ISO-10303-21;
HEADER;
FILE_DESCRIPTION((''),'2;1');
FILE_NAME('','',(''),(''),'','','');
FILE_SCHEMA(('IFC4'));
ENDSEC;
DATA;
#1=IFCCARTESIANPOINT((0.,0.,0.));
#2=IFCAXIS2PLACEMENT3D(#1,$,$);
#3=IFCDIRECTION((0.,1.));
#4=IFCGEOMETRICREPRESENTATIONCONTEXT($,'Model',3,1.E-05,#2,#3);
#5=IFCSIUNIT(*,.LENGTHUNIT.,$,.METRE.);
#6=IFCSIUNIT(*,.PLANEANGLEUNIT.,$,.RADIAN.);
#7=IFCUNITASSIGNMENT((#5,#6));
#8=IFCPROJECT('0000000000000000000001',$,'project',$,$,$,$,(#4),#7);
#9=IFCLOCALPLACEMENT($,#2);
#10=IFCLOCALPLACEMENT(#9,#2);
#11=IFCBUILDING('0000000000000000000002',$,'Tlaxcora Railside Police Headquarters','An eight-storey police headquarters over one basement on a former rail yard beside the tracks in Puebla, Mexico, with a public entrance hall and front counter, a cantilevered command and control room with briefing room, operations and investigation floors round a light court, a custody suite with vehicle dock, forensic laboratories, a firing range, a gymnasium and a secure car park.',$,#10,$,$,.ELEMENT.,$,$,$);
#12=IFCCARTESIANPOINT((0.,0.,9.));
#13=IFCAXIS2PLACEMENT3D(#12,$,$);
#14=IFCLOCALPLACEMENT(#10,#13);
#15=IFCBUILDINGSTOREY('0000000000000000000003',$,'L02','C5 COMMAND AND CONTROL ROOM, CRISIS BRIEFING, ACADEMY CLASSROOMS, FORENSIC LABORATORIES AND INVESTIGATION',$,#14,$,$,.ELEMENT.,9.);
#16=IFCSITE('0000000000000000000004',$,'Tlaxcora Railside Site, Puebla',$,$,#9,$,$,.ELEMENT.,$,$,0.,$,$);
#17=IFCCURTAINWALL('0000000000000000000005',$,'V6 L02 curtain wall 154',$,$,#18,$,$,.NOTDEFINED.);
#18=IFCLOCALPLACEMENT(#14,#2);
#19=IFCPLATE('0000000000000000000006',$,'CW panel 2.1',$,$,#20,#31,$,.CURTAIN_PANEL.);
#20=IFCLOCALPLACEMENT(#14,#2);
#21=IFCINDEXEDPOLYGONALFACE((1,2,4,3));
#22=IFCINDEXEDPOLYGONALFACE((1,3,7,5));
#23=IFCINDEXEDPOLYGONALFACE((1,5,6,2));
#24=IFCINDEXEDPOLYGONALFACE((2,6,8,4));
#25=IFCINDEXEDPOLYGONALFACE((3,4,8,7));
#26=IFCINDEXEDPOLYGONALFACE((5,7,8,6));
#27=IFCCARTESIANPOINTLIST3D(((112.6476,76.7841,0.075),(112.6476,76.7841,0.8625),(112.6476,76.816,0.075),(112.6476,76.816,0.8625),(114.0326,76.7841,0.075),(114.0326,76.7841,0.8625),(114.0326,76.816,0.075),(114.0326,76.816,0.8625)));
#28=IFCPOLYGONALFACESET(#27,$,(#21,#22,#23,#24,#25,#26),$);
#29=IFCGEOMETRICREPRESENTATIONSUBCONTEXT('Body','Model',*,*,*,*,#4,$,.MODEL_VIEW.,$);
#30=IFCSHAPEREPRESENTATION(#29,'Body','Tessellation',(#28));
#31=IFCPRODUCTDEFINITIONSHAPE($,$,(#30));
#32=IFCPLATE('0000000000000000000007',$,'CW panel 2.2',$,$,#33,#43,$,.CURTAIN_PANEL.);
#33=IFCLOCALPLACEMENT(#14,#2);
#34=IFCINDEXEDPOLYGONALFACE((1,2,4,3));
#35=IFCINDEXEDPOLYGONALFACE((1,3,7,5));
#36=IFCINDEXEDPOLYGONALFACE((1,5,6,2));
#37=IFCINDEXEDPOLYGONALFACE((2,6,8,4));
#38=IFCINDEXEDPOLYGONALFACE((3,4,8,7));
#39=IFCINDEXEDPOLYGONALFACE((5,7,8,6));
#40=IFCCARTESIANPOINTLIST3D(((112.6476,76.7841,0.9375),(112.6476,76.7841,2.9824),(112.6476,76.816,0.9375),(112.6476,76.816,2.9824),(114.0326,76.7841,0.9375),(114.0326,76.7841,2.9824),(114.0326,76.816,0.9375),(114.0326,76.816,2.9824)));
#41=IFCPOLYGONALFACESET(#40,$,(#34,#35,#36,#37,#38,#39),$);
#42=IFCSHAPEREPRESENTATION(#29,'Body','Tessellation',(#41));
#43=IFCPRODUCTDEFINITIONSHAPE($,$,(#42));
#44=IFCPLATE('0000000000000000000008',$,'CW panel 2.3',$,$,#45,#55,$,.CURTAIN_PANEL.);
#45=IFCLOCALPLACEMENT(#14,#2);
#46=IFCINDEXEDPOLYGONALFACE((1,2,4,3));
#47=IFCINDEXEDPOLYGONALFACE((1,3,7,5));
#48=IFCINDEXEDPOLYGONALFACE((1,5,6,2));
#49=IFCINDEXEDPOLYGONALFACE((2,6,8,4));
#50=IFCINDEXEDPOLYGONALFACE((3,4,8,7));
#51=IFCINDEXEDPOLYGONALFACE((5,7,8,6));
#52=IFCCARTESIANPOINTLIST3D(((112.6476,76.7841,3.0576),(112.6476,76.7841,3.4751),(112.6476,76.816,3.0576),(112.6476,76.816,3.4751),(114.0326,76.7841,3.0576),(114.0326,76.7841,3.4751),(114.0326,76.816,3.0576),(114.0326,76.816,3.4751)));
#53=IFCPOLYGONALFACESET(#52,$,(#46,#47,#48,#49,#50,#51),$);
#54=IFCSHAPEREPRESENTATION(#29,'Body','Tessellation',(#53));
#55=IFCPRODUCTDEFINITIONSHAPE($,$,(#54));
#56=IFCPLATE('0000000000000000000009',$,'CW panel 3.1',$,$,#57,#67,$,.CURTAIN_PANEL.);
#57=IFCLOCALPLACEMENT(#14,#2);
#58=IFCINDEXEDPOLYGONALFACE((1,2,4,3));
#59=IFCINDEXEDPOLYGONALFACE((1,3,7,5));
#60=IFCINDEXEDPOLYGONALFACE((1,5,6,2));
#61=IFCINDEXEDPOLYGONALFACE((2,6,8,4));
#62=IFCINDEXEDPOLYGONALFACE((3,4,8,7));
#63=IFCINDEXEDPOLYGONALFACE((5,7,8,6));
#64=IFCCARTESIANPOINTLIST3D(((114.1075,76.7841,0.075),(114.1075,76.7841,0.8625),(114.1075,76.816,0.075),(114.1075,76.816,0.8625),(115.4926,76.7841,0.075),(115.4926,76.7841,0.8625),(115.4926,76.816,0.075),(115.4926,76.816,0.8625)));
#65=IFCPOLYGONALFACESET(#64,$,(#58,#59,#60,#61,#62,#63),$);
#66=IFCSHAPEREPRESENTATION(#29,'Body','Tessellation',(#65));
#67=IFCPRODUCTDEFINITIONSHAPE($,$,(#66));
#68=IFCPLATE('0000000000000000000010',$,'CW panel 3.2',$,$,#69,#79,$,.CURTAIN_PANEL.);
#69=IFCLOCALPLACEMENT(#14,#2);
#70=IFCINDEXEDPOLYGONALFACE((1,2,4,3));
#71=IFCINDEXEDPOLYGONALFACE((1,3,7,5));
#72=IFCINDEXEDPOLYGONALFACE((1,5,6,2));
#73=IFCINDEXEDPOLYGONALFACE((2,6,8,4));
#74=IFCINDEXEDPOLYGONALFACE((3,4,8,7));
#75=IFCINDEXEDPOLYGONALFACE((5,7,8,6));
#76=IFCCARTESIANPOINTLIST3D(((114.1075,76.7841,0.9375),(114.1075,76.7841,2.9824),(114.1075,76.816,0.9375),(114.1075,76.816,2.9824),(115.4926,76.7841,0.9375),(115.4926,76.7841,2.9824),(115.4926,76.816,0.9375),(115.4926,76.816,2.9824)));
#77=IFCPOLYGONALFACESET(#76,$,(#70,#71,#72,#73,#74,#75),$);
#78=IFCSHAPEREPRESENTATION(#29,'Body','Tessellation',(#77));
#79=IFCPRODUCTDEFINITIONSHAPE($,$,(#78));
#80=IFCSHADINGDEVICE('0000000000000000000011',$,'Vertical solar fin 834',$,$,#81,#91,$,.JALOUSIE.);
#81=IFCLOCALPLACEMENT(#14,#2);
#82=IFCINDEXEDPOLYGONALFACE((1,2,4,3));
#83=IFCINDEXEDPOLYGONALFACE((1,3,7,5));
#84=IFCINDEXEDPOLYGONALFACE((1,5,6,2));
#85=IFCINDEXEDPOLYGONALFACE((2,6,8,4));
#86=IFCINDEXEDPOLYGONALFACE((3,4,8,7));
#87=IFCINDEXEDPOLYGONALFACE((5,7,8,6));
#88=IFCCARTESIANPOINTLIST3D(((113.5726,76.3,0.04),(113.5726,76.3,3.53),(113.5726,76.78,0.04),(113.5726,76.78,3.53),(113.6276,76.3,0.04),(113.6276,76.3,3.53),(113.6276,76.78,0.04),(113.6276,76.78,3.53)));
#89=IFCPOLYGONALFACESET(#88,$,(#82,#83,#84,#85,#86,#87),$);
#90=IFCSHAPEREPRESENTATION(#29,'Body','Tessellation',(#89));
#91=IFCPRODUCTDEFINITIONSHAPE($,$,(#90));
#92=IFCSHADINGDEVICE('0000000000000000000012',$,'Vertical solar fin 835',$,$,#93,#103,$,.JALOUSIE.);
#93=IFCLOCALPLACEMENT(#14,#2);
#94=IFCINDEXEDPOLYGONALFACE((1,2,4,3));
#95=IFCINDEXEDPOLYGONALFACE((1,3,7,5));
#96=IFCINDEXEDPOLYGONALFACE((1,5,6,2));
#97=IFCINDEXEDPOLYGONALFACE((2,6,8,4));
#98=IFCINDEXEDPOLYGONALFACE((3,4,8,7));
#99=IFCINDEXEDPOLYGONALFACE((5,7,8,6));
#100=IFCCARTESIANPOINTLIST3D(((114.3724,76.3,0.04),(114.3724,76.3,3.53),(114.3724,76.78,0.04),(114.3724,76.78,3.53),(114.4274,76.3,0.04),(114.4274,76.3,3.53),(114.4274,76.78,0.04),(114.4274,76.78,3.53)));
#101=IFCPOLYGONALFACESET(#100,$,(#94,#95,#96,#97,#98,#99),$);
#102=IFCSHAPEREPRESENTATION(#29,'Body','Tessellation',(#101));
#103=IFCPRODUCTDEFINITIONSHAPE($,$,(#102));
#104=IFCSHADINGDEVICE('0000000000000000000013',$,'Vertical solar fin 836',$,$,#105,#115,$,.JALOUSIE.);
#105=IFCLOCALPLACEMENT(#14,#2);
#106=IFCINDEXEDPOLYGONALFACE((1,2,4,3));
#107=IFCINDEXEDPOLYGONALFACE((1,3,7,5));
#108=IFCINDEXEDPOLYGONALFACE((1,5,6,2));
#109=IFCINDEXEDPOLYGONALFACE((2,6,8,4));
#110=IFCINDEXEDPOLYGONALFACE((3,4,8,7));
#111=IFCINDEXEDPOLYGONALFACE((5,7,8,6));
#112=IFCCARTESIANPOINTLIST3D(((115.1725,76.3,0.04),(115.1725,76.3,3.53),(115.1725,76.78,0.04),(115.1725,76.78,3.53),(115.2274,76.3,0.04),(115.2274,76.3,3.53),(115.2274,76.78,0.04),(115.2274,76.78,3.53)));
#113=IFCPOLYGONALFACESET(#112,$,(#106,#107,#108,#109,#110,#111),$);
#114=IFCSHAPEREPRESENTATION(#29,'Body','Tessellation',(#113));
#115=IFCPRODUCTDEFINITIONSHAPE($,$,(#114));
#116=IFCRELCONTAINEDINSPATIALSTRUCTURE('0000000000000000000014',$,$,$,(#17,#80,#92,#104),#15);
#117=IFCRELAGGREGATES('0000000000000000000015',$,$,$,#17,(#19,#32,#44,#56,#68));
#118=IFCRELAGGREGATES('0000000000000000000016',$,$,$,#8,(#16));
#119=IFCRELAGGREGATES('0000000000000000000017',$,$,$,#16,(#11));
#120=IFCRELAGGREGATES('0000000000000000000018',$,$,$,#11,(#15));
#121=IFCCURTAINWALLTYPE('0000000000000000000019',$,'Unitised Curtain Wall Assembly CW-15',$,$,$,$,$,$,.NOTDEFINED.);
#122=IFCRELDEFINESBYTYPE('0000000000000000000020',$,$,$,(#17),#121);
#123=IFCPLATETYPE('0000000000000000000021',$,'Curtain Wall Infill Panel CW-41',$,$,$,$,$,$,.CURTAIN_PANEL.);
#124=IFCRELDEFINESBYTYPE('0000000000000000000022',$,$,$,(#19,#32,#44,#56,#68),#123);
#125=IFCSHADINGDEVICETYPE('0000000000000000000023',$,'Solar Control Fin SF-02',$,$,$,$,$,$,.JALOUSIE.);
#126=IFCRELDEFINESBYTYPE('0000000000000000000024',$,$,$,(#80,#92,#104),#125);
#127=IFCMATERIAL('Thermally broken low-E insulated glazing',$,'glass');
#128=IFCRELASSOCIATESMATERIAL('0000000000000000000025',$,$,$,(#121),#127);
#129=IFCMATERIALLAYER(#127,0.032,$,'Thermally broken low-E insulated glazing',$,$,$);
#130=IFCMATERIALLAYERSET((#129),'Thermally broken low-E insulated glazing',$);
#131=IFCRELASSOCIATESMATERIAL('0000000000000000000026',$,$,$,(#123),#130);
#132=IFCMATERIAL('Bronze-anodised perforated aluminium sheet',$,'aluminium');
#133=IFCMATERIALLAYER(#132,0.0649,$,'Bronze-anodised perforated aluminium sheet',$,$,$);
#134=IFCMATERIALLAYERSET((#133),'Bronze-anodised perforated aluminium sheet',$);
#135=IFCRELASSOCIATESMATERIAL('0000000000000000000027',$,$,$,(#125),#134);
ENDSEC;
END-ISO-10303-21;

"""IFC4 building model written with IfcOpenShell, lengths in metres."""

from ifc_helpers import new_model, si_unit, direction, frame, origin, origin_2d, place, context, subcontext, project, spatial, rectangle, extrude, material, layer, layer_set, type_object, element, aggregate, save


model = new_model("IFC4")

# Units and contexts
model_context = context("Model", 3, precision=1e-05, world=origin(), true_north=direction((0.0, 1.0)))
body_context = subcontext(model_context, "Body", "Model", "MODEL_VIEW")
ifc_project = project(units=[si_unit("LENGTHUNIT", "METRE"), si_unit("PLANEANGLEUNIT", "RADIAN")], contexts=[model_context])

# Site, building, storey
site_placement = place(None, origin())
site = spatial("IfcSite", under=ifc_project, at=site_placement, Name="Tlaxcora Railside Site, Puebla", CompositionType="ELEMENT", RefElevation=0.0)
building_placement = place(site_placement, origin())
building = spatial("IfcBuilding", under=site, at=building_placement, Name="Tlaxcora Railside Police Headquarters", Description="An eight-storey police headquarters over one basement on a former rail yard beside the tracks in Puebla, Mexico, with a public entrance hall and front counter, a cantilevered command and control room with briefing room, operations and investigation floors round a light court, a custody suite with vehicle dock, forensic laboratories, a firing range, a gymnasium and a secure car park.", CompositionType="ELEMENT")
storey_placement = place(building_placement, frame((0.0, 0.0, 9.0)))
storey = spatial("IfcBuildingStorey", under=building, at=storey_placement, Name="L02", Description="C5 COMMAND AND CONTROL ROOM, CRISIS BRIEFING, ACADEMY CLASSROOMS, FORENSIC LABORATORIES AND INVESTIGATION", CompositionType="ELEMENT", Elevation=9.0)

# Curtain wall, plates
ifc_material_1 = material(Name="Thermally broken low-E insulated glazing", Category="glass")
curtain_wall_type = type_object("IfcCurtainWallType", Name="Unitised Curtain Wall Assembly CW-15", PredefinedType="NOTDEFINED", material=ifc_material_1)
curtain_wall_placement = place(storey_placement, origin())
curtain_wall = element("IfcCurtainWall", 1, at=curtain_wall_placement, inside=storey, type_object=curtain_wall_type, Name="V6 L02 curtain wall 154", PredefinedType="NOTDEFINED")
ifc_layer_1 = layer(ifc_material_1, 0.032, Name="Thermally broken low-E insulated glazing")
ifc_layer_set_1 = layer_set([ifc_layer_1], Name="Thermally broken low-E insulated glazing")
plate_type = type_object("IfcPlateType", Name="Curtain Wall Infill Panel CW-41", PredefinedType="CURTAIN_PANEL", material=ifc_layer_set_1)
plate_1_placement = place(storey_placement, frame((113.3401, 76.8, 0.075), z_axis=(0.0, 0.0, 1.0), x_axis=(1.0, 0.0, 0.0)))
plate_1 = element("IfcPlate", 2, at=plate_1_placement, type_object=plate_type, Name="CW panel 2.1", PredefinedType="CURTAIN_PANEL", context=body_context, shape_type="SweptSolid", body=[
    extrude(rectangle(XDim=1.385, YDim=0.032, at=origin_2d()), origin(), (0.0, 0.0, 1.0), 0.7876),
])
plate_2_placement = place(storey_placement, frame((113.3401, 76.8, 0.9375), z_axis=(0.0, 0.0, 1.0), x_axis=(1.0, 0.0, 0.0)))
plate_2 = element("IfcPlate", 3, at=plate_2_placement, type_object=plate_type, Name="CW panel 2.2", PredefinedType="CURTAIN_PANEL", context=body_context, shape_type="SweptSolid", body=[
    extrude(rectangle(XDim=1.385, YDim=0.032, at=origin_2d()), origin(), (0.0, 0.0, 1.0), 2.0449),
])
plate_3_placement = place(storey_placement, frame((113.3401, 76.8, 3.0576), z_axis=(0.0, 0.0, 1.0), x_axis=(1.0, 0.0, 0.0)))
plate_3 = element("IfcPlate", 4, at=plate_3_placement, type_object=plate_type, Name="CW panel 2.3", PredefinedType="CURTAIN_PANEL", context=body_context, shape_type="SweptSolid", body=[
    extrude(rectangle(XDim=1.385, YDim=0.032, at=origin_2d()), origin(), (0.0, 0.0, 1.0), 0.4175),
])
plate_4_placement = place(storey_placement, frame((114.8, 76.8, 0.075), z_axis=(0.0, 0.0, 1.0), x_axis=(1.0, 0.0, 0.0)))
plate_4 = element("IfcPlate", 5, at=plate_4_placement, type_object=plate_type, Name="CW panel 3.1", PredefinedType="CURTAIN_PANEL", context=body_context, shape_type="SweptSolid", body=[
    extrude(rectangle(XDim=1.385, YDim=0.032, at=origin_2d()), origin(), (0.0, 0.0, 1.0), 0.7876),
])
plate_5_placement = place(storey_placement, frame((114.8, 76.8, 0.9375), z_axis=(0.0, 0.0, 1.0), x_axis=(1.0, 0.0, 0.0)))
plate_5 = element("IfcPlate", 6, at=plate_5_placement, type_object=plate_type, Name="CW panel 3.2", PredefinedType="CURTAIN_PANEL", context=body_context, shape_type="SweptSolid", body=[
    extrude(rectangle(XDim=1.385, YDim=0.032, at=origin_2d()), origin(), (0.0, 0.0, 1.0), 2.0449),
])
aggregate(curtain_wall, [plate_1, plate_2, plate_3, plate_4, plate_5])

# Shading devices
ifc_material_2 = material(Name="Bronze-anodised perforated aluminium sheet", Category="aluminium")
ifc_layer_2 = layer(ifc_material_2, 0.0649, Name="Bronze-anodised perforated aluminium sheet")
ifc_layer_set_2 = layer_set([ifc_layer_2], Name="Bronze-anodised perforated aluminium sheet")
shading_device_type = type_object("IfcShadingDeviceType", Name="Solar Control Fin SF-02", PredefinedType="JALOUSIE", material=ifc_layer_set_2)
for number, where, z_axis, x_axis, name in (
    (7, (113.6001, 76.54, 0.04), (0.0, 0.0, 1.0), (0.0, -1.0, 0.0), "Vertical solar fin 834"),
    (8, (114.3999, 76.54, 0.04), (0.0, 0.0, 1.0), (0.0, -1.0, 0.0), "Vertical solar fin 835"),
    (9, (115.2, 76.54, 0.04), (0.0, 0.0, 1.0), (0.0, -1.0, 0.0), "Vertical solar fin 836"),
):
    element("IfcShadingDevice", number, at=place(storey_placement, frame(where, z_axis=z_axis, x_axis=x_axis)), inside=storey, type_object=shading_device_type, Name=name, PredefinedType="JALOUSIE", context=body_context, shape_type="SweptSolid", body=[
        extrude(rectangle(XDim=0.48, YDim=0.0549, at=origin_2d()), origin(), (0.0, 0.0, 1.0), 3.49),
    ])

save(model, "model.ifc")
